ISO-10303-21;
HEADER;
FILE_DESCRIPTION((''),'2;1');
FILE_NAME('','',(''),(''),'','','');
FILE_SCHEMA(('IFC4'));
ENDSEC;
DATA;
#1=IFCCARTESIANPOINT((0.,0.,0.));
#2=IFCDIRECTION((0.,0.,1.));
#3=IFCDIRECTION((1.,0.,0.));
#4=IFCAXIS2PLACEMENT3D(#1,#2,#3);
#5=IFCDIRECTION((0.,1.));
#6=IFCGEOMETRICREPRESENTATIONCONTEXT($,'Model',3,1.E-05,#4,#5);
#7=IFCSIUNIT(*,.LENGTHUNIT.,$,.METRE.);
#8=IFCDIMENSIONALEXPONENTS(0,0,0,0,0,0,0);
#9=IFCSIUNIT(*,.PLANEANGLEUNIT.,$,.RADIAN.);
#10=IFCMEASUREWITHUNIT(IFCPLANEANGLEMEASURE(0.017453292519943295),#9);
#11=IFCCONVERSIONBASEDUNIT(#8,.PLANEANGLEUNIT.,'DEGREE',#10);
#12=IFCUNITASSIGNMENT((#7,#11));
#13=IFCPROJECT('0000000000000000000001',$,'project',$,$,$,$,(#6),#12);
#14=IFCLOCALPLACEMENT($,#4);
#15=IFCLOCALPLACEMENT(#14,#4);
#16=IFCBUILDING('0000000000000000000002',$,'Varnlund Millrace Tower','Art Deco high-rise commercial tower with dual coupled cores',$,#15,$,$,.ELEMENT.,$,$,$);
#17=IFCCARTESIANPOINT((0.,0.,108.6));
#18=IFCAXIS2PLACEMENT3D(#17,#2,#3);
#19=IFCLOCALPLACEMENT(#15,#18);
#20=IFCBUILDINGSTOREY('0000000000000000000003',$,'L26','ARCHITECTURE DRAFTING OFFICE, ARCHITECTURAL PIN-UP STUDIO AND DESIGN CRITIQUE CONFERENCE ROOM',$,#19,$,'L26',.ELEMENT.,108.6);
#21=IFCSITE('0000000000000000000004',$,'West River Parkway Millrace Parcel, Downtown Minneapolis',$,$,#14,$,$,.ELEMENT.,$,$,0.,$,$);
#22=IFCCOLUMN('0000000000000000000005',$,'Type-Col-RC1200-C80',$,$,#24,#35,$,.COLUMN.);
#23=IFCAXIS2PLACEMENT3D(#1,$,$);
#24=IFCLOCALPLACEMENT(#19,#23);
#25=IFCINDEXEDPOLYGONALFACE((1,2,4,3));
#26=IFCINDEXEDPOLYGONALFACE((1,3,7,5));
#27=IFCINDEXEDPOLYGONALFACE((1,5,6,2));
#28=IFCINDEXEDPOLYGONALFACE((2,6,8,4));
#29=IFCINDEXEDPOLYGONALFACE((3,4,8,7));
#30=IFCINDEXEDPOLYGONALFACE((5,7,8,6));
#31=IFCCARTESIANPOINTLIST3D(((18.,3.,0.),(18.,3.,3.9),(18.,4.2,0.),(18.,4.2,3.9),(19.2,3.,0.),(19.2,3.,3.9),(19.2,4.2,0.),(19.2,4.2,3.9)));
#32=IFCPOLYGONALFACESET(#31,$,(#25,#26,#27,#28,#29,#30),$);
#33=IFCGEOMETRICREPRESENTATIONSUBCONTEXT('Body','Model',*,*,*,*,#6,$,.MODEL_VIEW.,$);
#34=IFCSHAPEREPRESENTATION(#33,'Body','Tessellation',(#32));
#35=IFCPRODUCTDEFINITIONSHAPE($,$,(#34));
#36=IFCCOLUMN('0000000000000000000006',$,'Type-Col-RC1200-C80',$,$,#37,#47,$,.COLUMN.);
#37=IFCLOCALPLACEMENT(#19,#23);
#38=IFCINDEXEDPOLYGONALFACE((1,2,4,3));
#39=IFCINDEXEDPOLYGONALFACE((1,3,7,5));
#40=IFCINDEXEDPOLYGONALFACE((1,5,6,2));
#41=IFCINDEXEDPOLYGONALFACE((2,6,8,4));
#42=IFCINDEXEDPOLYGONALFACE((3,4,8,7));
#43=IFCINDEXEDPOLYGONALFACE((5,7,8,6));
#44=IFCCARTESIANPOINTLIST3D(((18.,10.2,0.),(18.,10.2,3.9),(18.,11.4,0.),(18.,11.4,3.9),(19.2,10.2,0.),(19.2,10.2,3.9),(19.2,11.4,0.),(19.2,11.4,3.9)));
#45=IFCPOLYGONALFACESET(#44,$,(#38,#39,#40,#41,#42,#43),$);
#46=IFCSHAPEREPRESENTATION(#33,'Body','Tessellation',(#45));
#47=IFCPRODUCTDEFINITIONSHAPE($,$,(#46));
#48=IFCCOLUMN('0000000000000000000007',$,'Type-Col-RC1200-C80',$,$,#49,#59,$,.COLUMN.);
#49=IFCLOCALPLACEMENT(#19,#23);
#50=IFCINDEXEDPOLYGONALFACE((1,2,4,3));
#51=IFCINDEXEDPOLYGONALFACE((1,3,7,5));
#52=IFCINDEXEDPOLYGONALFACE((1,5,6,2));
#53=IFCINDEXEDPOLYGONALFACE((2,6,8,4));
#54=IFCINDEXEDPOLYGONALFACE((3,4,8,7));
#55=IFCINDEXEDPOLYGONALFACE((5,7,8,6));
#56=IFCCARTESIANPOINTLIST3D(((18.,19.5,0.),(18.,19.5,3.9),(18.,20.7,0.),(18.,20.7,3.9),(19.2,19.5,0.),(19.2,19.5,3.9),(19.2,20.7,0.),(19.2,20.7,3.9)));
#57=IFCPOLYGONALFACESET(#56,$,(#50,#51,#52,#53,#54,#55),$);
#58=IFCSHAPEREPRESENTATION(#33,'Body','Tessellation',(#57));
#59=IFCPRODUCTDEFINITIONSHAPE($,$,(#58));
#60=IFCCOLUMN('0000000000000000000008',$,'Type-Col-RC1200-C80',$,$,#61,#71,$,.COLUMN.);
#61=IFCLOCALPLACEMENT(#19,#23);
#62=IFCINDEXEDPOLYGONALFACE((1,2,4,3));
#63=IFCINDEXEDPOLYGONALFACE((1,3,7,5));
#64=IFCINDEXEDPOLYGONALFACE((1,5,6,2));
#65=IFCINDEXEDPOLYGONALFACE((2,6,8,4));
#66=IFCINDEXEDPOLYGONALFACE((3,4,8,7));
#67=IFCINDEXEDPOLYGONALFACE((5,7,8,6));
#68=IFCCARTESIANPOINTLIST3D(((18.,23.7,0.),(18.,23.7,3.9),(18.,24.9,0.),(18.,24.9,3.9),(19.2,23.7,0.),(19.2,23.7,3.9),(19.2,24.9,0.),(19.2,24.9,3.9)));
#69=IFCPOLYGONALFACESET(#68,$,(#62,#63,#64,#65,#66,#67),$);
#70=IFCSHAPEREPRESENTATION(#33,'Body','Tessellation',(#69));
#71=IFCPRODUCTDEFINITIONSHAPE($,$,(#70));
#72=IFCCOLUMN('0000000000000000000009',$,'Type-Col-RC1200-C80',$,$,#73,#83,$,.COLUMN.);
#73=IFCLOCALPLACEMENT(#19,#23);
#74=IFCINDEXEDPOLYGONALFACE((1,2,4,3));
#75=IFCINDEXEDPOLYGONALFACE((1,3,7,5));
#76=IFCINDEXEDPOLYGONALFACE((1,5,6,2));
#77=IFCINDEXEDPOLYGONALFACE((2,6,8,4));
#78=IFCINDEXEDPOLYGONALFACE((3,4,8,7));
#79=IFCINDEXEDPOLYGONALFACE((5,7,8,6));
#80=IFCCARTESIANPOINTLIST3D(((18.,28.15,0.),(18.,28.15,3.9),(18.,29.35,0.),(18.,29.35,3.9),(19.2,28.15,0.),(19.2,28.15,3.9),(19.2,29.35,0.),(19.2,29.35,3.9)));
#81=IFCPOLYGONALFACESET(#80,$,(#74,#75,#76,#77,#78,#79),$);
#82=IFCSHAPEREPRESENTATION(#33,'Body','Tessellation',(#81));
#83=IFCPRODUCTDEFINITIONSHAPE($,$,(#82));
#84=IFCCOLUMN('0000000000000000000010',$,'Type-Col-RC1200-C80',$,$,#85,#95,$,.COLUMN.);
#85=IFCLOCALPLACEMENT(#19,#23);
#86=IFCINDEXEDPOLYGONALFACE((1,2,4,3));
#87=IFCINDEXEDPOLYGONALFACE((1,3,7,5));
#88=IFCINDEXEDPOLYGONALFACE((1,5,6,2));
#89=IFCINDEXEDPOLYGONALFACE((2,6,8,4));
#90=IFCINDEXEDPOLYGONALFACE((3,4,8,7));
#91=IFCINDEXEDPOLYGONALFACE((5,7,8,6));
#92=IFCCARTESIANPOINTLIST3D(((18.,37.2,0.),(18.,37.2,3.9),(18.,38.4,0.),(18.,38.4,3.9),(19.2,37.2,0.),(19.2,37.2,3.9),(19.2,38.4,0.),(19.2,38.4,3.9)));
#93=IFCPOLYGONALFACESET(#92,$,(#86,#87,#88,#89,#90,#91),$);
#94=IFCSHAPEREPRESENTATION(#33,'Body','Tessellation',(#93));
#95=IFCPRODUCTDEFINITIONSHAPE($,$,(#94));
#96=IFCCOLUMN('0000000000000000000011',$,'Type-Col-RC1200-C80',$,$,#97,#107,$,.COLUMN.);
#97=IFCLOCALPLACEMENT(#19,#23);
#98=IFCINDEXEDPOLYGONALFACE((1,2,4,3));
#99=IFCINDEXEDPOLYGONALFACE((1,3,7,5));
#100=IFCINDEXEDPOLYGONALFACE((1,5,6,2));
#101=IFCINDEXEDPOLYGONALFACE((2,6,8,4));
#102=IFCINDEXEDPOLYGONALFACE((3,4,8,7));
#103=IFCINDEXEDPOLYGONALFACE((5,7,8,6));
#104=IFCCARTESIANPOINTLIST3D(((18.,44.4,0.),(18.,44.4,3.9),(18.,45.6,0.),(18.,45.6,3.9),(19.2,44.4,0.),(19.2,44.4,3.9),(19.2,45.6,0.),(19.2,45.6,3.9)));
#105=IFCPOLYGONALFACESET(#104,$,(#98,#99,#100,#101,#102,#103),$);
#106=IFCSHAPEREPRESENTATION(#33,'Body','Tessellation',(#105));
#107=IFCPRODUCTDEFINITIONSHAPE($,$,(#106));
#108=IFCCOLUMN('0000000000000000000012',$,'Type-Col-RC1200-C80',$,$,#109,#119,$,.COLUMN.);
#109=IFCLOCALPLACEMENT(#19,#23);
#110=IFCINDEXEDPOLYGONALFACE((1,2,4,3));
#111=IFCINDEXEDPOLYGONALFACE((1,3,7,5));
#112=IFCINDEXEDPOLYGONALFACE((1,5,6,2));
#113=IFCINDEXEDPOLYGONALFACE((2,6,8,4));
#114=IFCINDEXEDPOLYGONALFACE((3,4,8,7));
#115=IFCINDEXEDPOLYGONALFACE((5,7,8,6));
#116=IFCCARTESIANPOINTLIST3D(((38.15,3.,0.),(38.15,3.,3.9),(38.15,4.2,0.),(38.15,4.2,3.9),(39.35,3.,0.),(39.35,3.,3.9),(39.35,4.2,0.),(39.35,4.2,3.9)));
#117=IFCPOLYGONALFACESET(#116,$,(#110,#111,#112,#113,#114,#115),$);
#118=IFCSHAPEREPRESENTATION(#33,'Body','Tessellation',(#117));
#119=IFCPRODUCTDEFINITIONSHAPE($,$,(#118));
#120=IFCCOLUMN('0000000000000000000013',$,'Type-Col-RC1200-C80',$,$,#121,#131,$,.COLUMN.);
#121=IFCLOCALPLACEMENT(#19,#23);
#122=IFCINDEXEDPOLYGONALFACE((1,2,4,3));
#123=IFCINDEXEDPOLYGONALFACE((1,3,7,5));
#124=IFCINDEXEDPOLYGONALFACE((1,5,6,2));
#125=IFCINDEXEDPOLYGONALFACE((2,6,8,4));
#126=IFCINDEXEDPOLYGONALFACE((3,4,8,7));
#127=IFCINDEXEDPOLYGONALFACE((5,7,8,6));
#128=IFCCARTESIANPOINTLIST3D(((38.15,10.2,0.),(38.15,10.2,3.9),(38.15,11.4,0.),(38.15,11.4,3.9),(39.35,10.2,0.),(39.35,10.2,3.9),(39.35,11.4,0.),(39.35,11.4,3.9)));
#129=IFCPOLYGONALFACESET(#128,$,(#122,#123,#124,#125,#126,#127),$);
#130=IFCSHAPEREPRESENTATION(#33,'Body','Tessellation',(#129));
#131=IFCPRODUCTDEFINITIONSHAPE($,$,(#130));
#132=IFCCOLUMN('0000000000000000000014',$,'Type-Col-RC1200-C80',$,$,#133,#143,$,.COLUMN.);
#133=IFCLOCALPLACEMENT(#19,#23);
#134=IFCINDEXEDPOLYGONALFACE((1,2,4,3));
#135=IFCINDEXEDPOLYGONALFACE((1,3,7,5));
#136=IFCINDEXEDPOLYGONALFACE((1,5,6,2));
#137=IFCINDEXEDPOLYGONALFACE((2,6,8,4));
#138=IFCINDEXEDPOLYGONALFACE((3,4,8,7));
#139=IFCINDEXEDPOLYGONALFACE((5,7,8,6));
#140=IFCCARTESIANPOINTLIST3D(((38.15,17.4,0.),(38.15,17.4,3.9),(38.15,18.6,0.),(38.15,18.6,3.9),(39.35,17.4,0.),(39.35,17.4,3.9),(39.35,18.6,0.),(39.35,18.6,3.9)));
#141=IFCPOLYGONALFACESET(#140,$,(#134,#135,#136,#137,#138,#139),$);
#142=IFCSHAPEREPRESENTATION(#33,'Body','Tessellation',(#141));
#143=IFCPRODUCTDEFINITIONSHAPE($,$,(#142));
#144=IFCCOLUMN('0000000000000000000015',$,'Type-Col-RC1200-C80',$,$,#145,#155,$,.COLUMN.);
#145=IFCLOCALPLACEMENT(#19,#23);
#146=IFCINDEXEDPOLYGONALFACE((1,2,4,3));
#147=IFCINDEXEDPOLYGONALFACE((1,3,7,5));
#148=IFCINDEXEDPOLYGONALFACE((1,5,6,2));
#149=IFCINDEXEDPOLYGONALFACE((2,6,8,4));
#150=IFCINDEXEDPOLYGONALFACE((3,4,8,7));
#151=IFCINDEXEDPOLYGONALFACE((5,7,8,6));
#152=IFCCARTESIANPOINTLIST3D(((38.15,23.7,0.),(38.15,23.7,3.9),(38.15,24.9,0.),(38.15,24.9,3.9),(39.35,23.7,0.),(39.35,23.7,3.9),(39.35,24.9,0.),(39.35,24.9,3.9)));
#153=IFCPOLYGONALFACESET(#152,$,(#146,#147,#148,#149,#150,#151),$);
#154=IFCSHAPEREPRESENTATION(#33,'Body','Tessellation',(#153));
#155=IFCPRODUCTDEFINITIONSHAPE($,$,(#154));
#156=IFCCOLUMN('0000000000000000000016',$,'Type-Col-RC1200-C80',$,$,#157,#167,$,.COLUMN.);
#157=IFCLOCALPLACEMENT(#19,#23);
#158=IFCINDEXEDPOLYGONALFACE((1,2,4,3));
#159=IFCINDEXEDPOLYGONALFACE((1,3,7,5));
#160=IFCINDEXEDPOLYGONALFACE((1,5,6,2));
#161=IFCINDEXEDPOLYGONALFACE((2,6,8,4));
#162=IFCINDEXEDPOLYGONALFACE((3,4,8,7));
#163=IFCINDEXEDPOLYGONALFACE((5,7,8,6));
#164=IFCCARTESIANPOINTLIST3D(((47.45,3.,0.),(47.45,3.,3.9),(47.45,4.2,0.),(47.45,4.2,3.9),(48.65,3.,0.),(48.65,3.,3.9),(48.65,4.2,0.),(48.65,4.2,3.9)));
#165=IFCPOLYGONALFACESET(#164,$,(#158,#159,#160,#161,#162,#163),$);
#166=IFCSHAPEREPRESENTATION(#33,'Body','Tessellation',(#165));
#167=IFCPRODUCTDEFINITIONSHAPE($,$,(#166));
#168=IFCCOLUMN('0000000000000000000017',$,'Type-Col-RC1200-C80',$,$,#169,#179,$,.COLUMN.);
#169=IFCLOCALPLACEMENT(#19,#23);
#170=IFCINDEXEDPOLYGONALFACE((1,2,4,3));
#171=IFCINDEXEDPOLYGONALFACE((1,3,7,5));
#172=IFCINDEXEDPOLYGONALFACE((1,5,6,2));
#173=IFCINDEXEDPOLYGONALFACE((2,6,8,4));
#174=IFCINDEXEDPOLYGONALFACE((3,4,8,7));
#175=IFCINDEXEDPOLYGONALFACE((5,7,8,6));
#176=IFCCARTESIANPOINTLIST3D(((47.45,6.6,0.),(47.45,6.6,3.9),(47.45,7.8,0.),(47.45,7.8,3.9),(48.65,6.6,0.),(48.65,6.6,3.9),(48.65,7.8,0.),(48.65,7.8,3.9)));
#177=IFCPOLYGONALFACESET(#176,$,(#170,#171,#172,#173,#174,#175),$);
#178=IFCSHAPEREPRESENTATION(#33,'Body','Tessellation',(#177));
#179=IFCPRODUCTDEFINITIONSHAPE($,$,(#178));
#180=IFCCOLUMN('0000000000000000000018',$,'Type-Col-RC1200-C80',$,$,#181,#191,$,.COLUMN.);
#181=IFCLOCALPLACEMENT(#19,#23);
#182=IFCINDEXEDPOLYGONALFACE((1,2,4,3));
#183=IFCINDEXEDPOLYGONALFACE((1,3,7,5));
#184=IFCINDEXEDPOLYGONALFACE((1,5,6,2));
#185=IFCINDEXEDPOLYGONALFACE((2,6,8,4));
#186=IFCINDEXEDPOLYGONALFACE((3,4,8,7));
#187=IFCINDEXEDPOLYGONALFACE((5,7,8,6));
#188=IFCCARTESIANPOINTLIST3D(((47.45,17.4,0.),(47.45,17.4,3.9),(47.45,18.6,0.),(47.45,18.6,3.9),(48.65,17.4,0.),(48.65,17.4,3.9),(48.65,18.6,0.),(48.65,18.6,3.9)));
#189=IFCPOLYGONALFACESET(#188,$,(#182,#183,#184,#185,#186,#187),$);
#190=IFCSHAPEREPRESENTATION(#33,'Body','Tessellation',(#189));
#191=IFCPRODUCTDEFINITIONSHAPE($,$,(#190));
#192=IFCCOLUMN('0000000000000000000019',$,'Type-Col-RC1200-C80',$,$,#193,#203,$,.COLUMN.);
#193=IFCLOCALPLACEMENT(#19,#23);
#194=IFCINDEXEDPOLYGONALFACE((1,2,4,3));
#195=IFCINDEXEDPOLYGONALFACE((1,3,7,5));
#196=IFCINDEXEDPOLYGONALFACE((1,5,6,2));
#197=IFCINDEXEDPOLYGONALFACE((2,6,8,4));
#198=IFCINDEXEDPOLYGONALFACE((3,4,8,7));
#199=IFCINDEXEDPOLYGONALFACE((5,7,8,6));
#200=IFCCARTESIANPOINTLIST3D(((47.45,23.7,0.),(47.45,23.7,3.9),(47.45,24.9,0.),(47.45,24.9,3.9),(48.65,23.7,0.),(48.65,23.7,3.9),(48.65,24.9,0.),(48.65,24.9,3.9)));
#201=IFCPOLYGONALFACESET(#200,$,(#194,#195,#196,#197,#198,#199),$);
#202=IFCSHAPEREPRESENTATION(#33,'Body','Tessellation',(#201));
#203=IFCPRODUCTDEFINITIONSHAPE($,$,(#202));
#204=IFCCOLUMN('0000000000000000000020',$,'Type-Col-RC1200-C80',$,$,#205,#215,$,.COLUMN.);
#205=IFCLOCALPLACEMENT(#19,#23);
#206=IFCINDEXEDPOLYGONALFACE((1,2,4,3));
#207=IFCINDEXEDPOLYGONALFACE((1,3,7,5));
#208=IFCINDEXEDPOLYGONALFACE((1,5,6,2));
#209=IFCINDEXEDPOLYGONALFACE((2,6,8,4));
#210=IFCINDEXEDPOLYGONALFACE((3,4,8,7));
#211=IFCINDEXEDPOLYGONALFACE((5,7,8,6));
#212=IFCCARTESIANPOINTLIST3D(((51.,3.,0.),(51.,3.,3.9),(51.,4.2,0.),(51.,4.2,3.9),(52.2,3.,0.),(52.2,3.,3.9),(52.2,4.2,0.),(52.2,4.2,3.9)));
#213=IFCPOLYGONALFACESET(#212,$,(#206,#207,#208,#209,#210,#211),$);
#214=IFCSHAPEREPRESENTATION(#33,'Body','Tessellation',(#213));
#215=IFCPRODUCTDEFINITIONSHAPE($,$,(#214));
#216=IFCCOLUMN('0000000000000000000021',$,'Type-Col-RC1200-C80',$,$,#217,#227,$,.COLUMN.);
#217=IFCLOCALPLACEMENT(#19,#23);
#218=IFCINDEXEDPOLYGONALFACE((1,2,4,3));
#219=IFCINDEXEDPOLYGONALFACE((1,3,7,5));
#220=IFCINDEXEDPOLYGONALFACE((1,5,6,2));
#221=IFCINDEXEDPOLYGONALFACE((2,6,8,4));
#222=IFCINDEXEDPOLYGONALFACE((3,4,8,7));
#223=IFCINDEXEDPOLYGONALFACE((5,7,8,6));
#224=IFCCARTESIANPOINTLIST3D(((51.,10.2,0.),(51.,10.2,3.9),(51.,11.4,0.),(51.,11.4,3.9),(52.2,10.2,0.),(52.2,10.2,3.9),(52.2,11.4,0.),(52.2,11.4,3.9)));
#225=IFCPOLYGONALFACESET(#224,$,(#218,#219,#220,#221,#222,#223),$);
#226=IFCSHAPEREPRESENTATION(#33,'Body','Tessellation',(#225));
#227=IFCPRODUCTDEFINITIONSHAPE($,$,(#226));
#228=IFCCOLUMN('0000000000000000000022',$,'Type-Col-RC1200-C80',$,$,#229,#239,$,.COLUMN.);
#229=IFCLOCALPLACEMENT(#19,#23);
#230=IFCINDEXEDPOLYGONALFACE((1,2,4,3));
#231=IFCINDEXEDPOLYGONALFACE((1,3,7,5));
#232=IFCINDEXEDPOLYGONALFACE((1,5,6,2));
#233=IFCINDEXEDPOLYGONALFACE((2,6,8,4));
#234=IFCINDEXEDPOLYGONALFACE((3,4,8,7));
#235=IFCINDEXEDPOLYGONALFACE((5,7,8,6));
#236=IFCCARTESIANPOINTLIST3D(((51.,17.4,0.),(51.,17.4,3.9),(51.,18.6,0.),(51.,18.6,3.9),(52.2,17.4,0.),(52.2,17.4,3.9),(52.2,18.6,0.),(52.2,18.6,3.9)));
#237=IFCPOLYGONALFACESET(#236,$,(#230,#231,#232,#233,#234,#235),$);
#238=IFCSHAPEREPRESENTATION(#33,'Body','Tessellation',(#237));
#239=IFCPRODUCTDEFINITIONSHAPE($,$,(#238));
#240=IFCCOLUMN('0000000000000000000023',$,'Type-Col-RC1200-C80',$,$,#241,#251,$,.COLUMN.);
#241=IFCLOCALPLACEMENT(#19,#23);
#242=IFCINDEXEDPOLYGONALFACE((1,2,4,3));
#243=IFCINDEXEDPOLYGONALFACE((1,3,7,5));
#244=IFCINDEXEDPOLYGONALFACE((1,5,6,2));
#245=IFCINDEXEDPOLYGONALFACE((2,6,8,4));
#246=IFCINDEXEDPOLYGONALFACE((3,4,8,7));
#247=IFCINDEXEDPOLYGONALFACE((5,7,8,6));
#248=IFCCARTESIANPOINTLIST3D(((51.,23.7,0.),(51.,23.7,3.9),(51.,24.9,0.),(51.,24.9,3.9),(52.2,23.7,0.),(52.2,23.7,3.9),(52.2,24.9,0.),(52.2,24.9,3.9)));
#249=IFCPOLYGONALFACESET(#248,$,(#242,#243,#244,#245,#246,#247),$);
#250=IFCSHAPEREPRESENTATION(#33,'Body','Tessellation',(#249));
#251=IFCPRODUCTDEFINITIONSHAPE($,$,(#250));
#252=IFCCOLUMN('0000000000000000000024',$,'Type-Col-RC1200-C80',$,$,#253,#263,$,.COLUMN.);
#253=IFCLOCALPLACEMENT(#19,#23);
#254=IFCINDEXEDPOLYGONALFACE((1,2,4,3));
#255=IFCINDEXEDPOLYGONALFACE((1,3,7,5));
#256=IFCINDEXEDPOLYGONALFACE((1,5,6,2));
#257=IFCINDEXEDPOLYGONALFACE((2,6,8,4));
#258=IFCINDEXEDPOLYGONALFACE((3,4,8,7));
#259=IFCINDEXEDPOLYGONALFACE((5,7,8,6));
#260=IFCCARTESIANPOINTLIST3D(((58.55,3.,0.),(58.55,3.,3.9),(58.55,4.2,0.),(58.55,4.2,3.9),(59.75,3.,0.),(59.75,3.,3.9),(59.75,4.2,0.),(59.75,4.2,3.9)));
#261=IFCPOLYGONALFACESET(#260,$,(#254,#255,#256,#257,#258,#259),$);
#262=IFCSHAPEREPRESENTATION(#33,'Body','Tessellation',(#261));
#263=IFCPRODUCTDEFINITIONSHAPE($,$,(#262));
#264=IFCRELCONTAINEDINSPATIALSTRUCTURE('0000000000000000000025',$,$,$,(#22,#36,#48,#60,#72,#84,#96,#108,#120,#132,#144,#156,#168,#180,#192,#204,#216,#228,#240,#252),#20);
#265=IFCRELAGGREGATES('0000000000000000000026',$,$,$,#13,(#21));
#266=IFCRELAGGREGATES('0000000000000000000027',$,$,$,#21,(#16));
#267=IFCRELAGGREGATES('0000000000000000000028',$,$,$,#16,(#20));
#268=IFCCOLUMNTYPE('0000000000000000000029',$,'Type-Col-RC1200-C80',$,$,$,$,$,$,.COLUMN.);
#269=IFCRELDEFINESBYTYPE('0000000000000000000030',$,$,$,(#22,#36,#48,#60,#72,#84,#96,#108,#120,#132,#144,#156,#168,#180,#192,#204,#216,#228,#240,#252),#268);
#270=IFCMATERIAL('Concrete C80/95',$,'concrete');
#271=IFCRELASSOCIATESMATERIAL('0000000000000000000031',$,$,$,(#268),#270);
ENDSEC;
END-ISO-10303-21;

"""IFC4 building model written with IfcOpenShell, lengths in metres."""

from ifc_helpers import new_model, entity, si_unit, converted_unit, direction, frame, origin_with_axes, origin_2d_with_axis, place, context, subcontext, project, spatial, rectangle, extrude, material, material_profile, profile_set, type_object, element, save


model = new_model("IFC4")

# Units and contexts
model_context = context("Model", 3, precision=1e-05, world=origin_with_axes(), true_north=direction((0.0, 1.0)))
body_context = subcontext(model_context, "Body", "Model", "MODEL_VIEW")
ifc_project = project(units=[si_unit("LENGTHUNIT", "METRE"), converted_unit("PLANEANGLEUNIT", "DEGREE", entity("IfcPlaneAngleMeasure", 0.017453292519943295), si_unit("PLANEANGLEUNIT", "RADIAN"), dimensions=[0, 0, 0, 0, 0, 0, 0])], contexts=[model_context])

# Site, building, storey
site_placement = place(None, origin_with_axes())
site = spatial("IfcSite", under=ifc_project, at=site_placement, Name="West River Parkway Millrace Parcel, Downtown Minneapolis", CompositionType="ELEMENT", RefElevation=0.0)
building_placement = place(site_placement, origin_with_axes())
building = spatial("IfcBuilding", under=site, at=building_placement, Name="Varnlund Millrace Tower", Description="Art Deco high-rise commercial tower with dual coupled cores", CompositionType="ELEMENT")
storey_placement = place(building_placement, frame((0.0, 0.0, 108.6), z_axis=(0.0, 0.0, 1.0), x_axis=(1.0, 0.0, 0.0)))
storey = spatial("IfcBuildingStorey", under=building, at=storey_placement, Name="L26", Description="ARCHITECTURE DRAFTING OFFICE, ARCHITECTURAL PIN-UP STUDIO AND DESIGN CRITIQUE CONFERENCE ROOM", LongName="L26", CompositionType="ELEMENT", Elevation=108.6)

# Columns
ifc_material_1 = material(Name="Concrete C80/95", Category="concrete")
ifc_material_profile = material_profile(ifc_material_1, rectangle(XDim=1.2, YDim=1.2, at=origin_2d_with_axis()), Name="Concrete C80/95")
ifc_profile_set = profile_set([ifc_material_profile], Name="Concrete C80/95")
column_type = type_object("IfcColumnType", Name="Type-Col-RC1200-C80", PredefinedType="COLUMN", material=ifc_profile_set)
for number, where, z_axis, x_axis, name in (
    (1, (18.6, 3.6, 0.0), (0.0, 0.0, 1.0), (1.0, 0.0, 0.0), "Type-Col-RC1200-C80"),
    (2, (18.6, 10.8, 0.0), (0.0, 0.0, 1.0), (1.0, 0.0, 0.0), "Type-Col-RC1200-C80"),
    (3, (18.6, 20.1, 0.0), (0.0, 0.0, 1.0), (1.0, 0.0, 0.0), "Type-Col-RC1200-C80"),
    (4, (18.6, 24.3, 0.0), (0.0, 0.0, 1.0), (1.0, 0.0, 0.0), "Type-Col-RC1200-C80"),
    (5, (18.6, 28.75, 0.0), (0.0, 0.0, 1.0), (1.0, 0.0, 0.0), "Type-Col-RC1200-C80"),
    (6, (18.6, 37.8, 0.0), (0.0, 0.0, 1.0), (1.0, 0.0, 0.0), "Type-Col-RC1200-C80"),
    (7, (18.6, 45.0, 0.0), (0.0, 0.0, 1.0), (1.0, 0.0, 0.0), "Type-Col-RC1200-C80"),
    (8, (38.75, 3.6, 0.0), (0.0, 0.0, 1.0), (1.0, 0.0, 0.0), "Type-Col-RC1200-C80"),
    (9, (38.75, 10.8, 0.0), (0.0, 0.0, 1.0), (1.0, 0.0, 0.0), "Type-Col-RC1200-C80"),
    (10, (38.75, 18.0, 0.0), (0.0, 0.0, 1.0), (1.0, 0.0, 0.0), "Type-Col-RC1200-C80"),
    (11, (38.75, 24.3, 0.0), (0.0, 0.0, 1.0), (1.0, 0.0, 0.0), "Type-Col-RC1200-C80"),
    (12, (48.05, 3.6, 0.0), (0.0, 0.0, 1.0), (1.0, 0.0, 0.0), "Type-Col-RC1200-C80"),
    (13, (48.05, 7.2, 0.0), (0.0, 0.0, 1.0), (1.0, 0.0, 0.0), "Type-Col-RC1200-C80"),
    (14, (48.05, 18.0, 0.0), (0.0, 0.0, 1.0), (1.0, 0.0, 0.0), "Type-Col-RC1200-C80"),
    (15, (48.05, 24.3, 0.0), (0.0, 0.0, 1.0), (1.0, 0.0, 0.0), "Type-Col-RC1200-C80"),
    (16, (51.6, 3.6, 0.0), (0.0, 0.0, 1.0), (1.0, 0.0, 0.0), "Type-Col-RC1200-C80"),
    (17, (51.6, 10.8, 0.0), (0.0, 0.0, 1.0), (1.0, 0.0, 0.0), "Type-Col-RC1200-C80"),
    (18, (51.6, 18.0, 0.0), (0.0, 0.0, 1.0), (1.0, 0.0, 0.0), "Type-Col-RC1200-C80"),
    (19, (51.6, 24.3, 0.0), (0.0, 0.0, 1.0), (1.0, 0.0, 0.0), "Type-Col-RC1200-C80"),
    (20, (59.15, 3.6, 0.0), (0.0, 0.0, 1.0), (1.0, 0.0, 0.0), "Type-Col-RC1200-C80"),
):
    element("IfcColumn", number, at=place(storey_placement, frame(where, z_axis=z_axis, x_axis=x_axis)), inside=storey, type_object=column_type, Name=name, PredefinedType="COLUMN", context=body_context, shape_type="SweptSolid", body=[
        extrude(rectangle(XDim=1.2, YDim=1.2, at=origin_2d_with_axis()), origin_with_axes(), (0.0, 0.0, 1.0), 3.9),
    ])

save(model, "model.ifc")
